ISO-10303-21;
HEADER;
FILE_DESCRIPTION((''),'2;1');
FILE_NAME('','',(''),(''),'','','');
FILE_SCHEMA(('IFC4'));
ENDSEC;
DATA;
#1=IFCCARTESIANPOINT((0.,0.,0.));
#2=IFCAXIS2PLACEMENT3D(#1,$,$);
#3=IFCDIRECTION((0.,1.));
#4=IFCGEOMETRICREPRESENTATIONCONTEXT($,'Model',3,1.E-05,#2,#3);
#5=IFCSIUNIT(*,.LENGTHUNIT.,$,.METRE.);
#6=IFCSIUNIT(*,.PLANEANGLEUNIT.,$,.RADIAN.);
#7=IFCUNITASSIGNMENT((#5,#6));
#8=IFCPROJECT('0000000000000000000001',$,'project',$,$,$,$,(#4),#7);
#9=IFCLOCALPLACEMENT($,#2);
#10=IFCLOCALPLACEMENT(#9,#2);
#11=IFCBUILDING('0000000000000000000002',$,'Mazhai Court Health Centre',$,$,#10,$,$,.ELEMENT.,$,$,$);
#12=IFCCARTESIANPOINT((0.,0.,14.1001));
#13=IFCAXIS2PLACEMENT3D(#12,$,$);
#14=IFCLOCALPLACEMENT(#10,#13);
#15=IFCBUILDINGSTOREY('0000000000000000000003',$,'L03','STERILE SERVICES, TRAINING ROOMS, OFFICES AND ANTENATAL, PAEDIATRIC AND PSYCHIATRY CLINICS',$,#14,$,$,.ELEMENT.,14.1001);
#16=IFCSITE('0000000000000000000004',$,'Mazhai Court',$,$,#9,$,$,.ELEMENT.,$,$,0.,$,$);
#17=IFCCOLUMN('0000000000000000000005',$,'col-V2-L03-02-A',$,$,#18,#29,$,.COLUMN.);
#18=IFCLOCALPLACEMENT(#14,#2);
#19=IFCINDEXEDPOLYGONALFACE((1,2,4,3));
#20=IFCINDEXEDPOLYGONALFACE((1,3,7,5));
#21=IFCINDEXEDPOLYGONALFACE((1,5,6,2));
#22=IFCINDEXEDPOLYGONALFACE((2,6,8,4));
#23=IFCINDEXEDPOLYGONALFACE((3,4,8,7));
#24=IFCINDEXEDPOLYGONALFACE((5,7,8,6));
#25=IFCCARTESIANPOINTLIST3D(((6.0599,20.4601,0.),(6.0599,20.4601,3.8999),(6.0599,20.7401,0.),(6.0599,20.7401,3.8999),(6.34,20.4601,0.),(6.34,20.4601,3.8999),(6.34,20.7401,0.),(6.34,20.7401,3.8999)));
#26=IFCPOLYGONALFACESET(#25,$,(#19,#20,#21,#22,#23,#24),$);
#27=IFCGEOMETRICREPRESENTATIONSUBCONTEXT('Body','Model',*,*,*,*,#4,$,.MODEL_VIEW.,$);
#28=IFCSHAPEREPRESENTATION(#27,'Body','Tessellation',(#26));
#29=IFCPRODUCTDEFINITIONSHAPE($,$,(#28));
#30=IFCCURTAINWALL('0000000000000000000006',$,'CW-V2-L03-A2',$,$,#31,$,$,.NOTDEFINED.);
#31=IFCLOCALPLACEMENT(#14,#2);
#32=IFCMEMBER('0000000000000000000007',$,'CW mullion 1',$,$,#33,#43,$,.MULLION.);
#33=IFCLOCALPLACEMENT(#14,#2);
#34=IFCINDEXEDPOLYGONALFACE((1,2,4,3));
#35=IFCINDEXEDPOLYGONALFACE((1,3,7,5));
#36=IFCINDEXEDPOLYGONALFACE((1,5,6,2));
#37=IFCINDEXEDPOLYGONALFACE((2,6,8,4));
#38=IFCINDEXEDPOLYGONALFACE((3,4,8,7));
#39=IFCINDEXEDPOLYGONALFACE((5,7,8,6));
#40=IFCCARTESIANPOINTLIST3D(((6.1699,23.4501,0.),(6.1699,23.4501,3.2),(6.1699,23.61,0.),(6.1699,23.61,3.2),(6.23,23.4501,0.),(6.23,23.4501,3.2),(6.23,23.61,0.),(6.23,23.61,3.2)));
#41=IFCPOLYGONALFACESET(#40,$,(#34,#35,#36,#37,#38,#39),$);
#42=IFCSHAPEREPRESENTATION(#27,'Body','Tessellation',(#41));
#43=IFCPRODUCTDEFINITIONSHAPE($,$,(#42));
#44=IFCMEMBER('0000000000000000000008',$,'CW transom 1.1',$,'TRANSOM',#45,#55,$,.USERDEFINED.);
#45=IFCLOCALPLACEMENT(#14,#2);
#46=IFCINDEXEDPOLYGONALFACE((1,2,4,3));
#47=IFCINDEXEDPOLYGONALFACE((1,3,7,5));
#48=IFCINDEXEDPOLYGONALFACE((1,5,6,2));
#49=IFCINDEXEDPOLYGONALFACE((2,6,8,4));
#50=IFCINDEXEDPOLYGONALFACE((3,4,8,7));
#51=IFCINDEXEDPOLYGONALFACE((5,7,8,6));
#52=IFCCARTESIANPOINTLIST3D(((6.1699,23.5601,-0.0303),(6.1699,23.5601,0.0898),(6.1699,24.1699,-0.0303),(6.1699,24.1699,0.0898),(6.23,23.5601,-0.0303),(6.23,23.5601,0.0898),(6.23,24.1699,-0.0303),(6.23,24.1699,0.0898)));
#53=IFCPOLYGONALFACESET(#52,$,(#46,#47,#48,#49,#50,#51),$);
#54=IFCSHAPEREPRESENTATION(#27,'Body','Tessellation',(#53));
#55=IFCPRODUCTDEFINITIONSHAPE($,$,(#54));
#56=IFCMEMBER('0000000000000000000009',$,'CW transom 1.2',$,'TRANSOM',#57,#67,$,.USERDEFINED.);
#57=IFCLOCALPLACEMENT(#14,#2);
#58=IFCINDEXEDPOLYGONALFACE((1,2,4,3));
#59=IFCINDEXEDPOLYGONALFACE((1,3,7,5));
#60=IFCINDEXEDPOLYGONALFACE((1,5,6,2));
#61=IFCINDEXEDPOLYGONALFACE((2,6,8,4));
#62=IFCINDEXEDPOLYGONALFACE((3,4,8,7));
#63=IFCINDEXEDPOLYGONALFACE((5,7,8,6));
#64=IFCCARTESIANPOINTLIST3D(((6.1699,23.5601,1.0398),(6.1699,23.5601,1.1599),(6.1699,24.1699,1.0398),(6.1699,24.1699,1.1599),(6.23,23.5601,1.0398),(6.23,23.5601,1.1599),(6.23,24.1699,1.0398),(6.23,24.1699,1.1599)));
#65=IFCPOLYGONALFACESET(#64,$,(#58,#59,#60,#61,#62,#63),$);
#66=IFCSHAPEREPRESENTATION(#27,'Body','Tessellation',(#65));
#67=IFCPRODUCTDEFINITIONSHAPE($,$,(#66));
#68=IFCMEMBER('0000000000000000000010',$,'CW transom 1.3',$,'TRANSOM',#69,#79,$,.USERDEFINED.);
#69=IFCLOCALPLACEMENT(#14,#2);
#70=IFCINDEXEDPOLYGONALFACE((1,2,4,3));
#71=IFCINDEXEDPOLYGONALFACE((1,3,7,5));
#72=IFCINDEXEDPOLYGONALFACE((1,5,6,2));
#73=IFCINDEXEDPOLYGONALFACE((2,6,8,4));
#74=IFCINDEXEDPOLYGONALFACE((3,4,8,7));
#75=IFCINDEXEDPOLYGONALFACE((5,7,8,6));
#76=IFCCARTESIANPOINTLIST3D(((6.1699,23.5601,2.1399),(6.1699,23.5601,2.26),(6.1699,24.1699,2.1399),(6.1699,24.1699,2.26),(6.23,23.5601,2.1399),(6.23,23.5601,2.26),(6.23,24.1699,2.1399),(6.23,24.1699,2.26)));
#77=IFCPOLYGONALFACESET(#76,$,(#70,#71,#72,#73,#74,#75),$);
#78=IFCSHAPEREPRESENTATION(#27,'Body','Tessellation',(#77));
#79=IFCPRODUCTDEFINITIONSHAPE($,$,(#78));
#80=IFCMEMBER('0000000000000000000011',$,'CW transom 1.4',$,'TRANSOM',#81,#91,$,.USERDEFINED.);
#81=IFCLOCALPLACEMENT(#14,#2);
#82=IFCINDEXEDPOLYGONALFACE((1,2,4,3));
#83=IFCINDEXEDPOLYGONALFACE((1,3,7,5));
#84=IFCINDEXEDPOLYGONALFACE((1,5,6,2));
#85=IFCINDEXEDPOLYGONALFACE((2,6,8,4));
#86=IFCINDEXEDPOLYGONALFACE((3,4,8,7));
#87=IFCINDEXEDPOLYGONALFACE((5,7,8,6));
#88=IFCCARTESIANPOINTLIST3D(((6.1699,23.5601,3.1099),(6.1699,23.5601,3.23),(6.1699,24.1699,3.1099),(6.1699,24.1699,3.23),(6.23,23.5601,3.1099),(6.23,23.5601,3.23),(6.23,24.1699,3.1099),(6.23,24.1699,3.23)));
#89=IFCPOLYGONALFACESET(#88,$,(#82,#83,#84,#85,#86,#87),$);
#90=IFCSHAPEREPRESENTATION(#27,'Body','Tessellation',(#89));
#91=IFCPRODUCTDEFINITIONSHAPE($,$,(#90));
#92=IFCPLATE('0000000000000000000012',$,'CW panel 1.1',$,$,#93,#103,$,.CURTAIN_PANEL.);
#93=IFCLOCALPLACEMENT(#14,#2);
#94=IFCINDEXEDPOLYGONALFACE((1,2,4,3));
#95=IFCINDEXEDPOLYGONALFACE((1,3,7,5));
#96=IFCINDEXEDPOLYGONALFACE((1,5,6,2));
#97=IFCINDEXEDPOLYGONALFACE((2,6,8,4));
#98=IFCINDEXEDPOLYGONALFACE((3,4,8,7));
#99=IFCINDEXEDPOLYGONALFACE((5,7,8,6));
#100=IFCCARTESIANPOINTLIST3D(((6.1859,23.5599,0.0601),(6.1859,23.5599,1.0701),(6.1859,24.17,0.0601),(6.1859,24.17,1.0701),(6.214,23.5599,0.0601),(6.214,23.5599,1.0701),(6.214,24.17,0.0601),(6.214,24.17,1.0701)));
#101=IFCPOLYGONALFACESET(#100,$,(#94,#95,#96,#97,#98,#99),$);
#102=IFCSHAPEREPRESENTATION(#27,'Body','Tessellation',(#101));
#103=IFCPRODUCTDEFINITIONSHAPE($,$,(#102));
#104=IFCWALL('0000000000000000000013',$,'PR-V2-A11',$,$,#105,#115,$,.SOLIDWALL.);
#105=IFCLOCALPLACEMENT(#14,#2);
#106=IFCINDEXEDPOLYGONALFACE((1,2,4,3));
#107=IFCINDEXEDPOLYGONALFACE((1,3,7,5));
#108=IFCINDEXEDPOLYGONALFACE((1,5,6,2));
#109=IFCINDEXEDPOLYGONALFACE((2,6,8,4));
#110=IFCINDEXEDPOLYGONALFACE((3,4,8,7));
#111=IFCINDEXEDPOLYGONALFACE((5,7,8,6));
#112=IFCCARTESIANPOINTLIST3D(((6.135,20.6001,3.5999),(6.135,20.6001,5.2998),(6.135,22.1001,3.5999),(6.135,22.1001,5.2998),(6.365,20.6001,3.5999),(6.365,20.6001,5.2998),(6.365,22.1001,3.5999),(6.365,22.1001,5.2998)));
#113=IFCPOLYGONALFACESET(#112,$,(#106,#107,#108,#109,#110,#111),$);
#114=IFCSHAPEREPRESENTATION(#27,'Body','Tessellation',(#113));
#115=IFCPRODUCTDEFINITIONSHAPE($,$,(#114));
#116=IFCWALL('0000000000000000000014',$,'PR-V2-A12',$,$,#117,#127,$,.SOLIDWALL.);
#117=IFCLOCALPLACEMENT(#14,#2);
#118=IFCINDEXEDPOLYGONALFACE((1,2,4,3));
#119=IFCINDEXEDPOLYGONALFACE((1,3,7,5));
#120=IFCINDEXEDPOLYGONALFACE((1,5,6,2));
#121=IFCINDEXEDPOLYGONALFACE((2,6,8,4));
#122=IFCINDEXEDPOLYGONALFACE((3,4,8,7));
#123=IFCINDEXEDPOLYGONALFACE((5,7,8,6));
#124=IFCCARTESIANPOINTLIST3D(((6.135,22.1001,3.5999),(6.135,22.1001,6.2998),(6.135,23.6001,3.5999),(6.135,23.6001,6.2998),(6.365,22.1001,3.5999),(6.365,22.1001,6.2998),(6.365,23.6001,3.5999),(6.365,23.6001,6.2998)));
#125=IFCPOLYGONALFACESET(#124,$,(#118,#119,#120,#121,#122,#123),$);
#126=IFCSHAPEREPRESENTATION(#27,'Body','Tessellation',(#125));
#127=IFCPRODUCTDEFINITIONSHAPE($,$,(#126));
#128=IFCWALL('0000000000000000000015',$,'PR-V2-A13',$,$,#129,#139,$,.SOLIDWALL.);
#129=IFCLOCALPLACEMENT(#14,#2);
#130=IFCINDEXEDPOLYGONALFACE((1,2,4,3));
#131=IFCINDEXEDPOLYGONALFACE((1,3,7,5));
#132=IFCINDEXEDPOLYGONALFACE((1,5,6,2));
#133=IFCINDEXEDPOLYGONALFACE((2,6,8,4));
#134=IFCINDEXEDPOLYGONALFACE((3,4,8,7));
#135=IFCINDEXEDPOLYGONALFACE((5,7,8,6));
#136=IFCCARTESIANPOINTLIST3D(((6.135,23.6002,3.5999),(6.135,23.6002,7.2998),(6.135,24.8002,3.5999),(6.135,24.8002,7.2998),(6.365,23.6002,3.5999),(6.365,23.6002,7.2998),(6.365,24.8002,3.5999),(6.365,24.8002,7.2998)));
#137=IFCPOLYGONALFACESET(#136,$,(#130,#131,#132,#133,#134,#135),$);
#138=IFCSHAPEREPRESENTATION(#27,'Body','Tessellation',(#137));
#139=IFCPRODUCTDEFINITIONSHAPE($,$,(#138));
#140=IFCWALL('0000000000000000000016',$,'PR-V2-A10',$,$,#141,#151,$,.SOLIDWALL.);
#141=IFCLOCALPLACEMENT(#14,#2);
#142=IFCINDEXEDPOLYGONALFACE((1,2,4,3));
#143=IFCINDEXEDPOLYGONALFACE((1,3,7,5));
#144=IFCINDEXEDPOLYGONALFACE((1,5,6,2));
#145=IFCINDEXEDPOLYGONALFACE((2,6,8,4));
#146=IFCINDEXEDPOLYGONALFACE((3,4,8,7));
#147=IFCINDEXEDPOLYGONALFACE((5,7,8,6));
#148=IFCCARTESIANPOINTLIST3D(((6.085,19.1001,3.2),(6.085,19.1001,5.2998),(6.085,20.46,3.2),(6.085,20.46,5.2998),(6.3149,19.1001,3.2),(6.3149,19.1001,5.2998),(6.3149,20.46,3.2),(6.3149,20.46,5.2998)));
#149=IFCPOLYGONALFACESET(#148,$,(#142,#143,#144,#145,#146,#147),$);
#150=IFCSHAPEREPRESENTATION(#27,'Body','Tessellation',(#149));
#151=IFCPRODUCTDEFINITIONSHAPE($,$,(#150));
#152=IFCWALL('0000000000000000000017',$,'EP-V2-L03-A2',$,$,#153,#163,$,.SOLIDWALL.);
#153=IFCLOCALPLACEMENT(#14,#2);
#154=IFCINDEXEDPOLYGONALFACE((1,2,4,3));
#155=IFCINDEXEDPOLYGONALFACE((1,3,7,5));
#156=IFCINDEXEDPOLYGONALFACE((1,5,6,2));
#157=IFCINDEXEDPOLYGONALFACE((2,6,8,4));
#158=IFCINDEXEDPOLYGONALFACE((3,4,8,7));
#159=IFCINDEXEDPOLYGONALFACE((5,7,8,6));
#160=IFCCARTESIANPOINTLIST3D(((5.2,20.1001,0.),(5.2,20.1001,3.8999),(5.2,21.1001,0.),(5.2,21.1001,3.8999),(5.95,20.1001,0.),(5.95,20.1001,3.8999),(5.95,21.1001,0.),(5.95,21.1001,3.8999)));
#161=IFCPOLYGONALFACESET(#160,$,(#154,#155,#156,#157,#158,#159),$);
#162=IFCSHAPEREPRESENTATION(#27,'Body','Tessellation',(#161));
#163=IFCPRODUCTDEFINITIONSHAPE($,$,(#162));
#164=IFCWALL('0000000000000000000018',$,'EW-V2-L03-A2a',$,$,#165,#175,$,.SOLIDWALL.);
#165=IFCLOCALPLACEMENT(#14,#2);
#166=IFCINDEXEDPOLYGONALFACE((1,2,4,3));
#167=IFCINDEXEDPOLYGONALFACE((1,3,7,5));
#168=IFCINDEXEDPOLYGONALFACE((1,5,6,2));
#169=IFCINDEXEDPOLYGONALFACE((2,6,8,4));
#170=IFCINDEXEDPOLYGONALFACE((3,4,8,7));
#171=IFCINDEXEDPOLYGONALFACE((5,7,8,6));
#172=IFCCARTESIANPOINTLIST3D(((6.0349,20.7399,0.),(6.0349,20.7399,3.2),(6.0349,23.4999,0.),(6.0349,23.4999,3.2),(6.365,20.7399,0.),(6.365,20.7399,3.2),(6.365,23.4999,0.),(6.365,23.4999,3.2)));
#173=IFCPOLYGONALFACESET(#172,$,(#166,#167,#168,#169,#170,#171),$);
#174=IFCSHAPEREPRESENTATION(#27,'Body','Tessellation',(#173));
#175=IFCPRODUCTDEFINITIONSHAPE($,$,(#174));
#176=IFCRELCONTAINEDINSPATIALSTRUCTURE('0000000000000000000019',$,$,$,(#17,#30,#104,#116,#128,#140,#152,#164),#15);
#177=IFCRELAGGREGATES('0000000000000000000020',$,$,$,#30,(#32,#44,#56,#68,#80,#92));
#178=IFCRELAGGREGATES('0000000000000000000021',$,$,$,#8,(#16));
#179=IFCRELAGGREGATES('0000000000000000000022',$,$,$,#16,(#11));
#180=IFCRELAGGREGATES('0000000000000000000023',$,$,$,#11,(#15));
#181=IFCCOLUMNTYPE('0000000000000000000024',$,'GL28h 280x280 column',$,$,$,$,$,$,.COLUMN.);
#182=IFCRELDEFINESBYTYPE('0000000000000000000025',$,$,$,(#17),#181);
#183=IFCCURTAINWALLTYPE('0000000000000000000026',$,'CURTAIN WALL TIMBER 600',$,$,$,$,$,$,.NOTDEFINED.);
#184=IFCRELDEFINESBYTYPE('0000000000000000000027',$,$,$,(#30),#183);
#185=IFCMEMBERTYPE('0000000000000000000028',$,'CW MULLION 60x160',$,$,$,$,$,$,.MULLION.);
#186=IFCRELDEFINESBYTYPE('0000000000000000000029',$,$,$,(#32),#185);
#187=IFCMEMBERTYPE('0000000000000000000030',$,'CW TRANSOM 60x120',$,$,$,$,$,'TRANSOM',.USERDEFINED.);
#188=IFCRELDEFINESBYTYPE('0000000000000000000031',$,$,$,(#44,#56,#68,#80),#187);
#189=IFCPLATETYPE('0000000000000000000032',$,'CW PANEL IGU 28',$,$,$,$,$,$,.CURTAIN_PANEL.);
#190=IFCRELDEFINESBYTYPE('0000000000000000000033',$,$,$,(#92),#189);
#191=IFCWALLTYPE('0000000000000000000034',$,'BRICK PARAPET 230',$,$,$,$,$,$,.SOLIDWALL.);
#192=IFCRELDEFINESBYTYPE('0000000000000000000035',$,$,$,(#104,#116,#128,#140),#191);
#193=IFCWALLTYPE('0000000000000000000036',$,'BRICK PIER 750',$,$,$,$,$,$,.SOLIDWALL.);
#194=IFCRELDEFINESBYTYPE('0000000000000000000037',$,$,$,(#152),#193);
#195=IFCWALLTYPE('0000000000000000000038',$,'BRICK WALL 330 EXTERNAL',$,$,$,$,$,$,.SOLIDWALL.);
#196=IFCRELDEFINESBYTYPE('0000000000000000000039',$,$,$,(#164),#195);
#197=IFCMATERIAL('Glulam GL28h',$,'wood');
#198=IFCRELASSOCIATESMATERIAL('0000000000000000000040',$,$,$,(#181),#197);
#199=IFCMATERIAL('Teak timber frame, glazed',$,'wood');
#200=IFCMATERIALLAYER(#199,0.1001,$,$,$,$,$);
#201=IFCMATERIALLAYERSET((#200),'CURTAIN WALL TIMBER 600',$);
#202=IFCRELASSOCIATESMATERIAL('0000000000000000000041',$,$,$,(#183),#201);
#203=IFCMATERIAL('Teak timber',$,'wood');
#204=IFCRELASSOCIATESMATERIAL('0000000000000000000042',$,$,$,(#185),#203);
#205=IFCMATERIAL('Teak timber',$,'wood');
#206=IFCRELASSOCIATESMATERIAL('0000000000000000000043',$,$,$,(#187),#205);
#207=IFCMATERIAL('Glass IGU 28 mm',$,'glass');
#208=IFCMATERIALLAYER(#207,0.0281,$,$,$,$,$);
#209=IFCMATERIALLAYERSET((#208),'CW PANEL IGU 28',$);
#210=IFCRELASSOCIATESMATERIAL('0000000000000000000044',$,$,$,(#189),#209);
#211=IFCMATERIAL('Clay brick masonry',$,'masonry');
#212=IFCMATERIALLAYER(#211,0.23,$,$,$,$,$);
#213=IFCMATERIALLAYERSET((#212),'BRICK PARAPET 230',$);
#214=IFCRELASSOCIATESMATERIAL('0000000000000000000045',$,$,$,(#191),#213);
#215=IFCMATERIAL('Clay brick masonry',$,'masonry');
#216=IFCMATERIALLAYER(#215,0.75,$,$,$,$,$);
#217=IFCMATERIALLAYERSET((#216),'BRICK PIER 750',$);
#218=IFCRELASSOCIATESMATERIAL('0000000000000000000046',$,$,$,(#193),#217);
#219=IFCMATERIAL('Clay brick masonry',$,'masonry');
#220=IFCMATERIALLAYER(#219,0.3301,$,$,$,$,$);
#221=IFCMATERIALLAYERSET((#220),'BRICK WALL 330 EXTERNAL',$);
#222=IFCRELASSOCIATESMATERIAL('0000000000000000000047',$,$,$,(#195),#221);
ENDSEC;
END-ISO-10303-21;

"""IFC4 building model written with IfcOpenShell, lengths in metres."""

from ifc_helpers import new_model, si_unit, direction, frame, frame_2d, origin, origin_2d, place, context, subcontext, project, spatial, rectangle, extrude, material, layer, layer_set, material_profile, profile_set, type_object, element, aggregate, save


model = new_model("IFC4")

# Units and contexts
model_context = context("Model", 3, precision=1e-05, world=origin(), true_north=direction((0.0, 1.0)))
body_context = subcontext(model_context, "Body", "Model", "MODEL_VIEW")
ifc_project = project(units=[si_unit("LENGTHUNIT", "METRE"), si_unit("PLANEANGLEUNIT", "RADIAN")], contexts=[model_context])

# Site, building, storey
site_placement = place(None, origin())
site = spatial("IfcSite", under=ifc_project, at=site_placement, Name="Mazhai Court", CompositionType="ELEMENT", RefElevation=0.0)
building_placement = place(site_placement, origin())
building = spatial("IfcBuilding", under=site, at=building_placement, Name="Mazhai Court Health Centre", CompositionType="ELEMENT")
storey_placement = place(building_placement, frame((0.0, 0.0, 14.1001)))
storey = spatial("IfcBuildingStorey", under=building, at=storey_placement, Name="L03", Description="STERILE SERVICES, TRAINING ROOMS, OFFICES AND ANTENATAL, PAEDIATRIC AND PSYCHIATRY CLINICS", CompositionType="ELEMENT", Elevation=14.1001)

# Column
ifc_material_1 = material(Name="Glulam GL28h", Category="wood")
ifc_material_profile_1 = material_profile(ifc_material_1, rectangle(XDim=0.28, YDim=0.28, at=origin_2d()), Name="GL28h 280x280")
ifc_profile_set_1 = profile_set([ifc_material_profile_1], Name="Glulam GL28h")
column_type = type_object("IfcColumnType", Name="GL28h 280x280 column", PredefinedType="COLUMN", material=ifc_profile_set_1)
column_placement = place(storey_placement, frame((6.2, 20.6001, 0.0), z_axis=(0.0, 0.0, 1.0), x_axis=(1.0, 0.0, 0.0)))
element("IfcColumn", 1, at=column_placement, inside=storey, type_object=column_type, Name="col-V2-L03-02-A", PredefinedType="COLUMN", context=body_context, shape_type="SweptSolid", body=[
    extrude(rectangle(XDim=0.28, YDim=0.28, at=origin_2d()), origin(), (0.0, 0.0, 1.0), 3.8999),
])

# Curtain wall, members, plate
ifc_material_2 = material(Name="Teak timber frame, glazed", Category="wood")
ifc_layer_1 = layer(ifc_material_2, 0.1001)
ifc_layer_set_1 = layer_set([ifc_layer_1], Name="CURTAIN WALL TIMBER 600")
curtain_wall_type = type_object("IfcCurtainWallType", Name="CURTAIN WALL TIMBER 600", PredefinedType="NOTDEFINED", material=ifc_layer_set_1)
curtain_wall_placement = place(storey_placement, origin())
curtain_wall = element("IfcCurtainWall", 2, at=curtain_wall_placement, inside=storey, type_object=curtain_wall_type, Name="CW-V2-L03-A2", PredefinedType="NOTDEFINED")
ifc_material_3 = material(Name="Teak timber", Category="wood")
ifc_material_profile_2 = material_profile(ifc_material_3, rectangle(XDim=0.0601, YDim=0.1599, at=origin_2d()), Name="CW MULLION 60x160")
ifc_profile_set_2 = profile_set([ifc_material_profile_2], Name="Teak timber")
member_type_1 = type_object("IfcMemberType", Name="CW MULLION 60x160", PredefinedType="MULLION", material=ifc_profile_set_2)
member_1_placement = place(storey_placement, frame((6.2, 23.53, 0.0), z_axis=(0.0, 0.0, 1.0), x_axis=(-1.0, 0.0, 0.0)))
member_1 = element("IfcMember", 3, at=member_1_placement, type_object=member_type_1, Name="CW mullion 1", PredefinedType="MULLION", context=body_context, shape_type="SweptSolid", body=[
    extrude(rectangle(XDim=0.0601, YDim=0.1599, at=origin_2d()), origin(), (0.0, 0.0, 1.0), 3.2),
])
ifc_material_4 = material(Name="Teak timber", Category="wood")
ifc_material_profile_3 = material_profile(ifc_material_4, rectangle(XDim=0.0601, YDim=0.1201, at=origin_2d()), Name="CW TRANSOM 60x120")
ifc_profile_set_3 = profile_set([ifc_material_profile_3], Name="Teak timber")
member_type_2 = type_object("IfcMemberType", Name="CW TRANSOM 60x120", ElementType="TRANSOM", PredefinedType="USERDEFINED", material=ifc_profile_set_3)
member_2_placement = place(storey_placement, frame((6.2, 23.5601, 0.0298), z_axis=(0.0, 1.0, 0.0), x_axis=(-1.0, 0.0, 0.0)))
member_2 = element("IfcMember", 4, at=member_2_placement, type_object=member_type_2, Name="CW transom 1.1", ObjectType="TRANSOM", PredefinedType="USERDEFINED", context=body_context, shape_type="SweptSolid", body=[
    extrude(rectangle(XDim=0.0601, YDim=0.1201, at=origin_2d()), origin(), (0.0, 0.0, 1.0), 0.6099),
])
member_3_placement = place(storey_placement, frame((6.2, 23.5601, 1.0999), z_axis=(0.0, 1.0, 0.0), x_axis=(-1.0, 0.0, 0.0)))
member_3 = element("IfcMember", 5, at=member_3_placement, type_object=member_type_2, Name="CW transom 1.2", ObjectType="TRANSOM", PredefinedType="USERDEFINED", context=body_context, shape_type="SweptSolid", body=[
    extrude(rectangle(XDim=0.0601, YDim=0.1201, at=origin_2d()), origin(), (0.0, 0.0, 1.0), 0.6099),
])
member_4_placement = place(storey_placement, frame((6.2, 23.5601, 2.2), z_axis=(0.0, 1.0, 0.0), x_axis=(-1.0, 0.0, 0.0)))
member_4 = element("IfcMember", 6, at=member_4_placement, type_object=member_type_2, Name="CW transom 1.3", ObjectType="TRANSOM", PredefinedType="USERDEFINED", context=body_context, shape_type="SweptSolid", body=[
    extrude(rectangle(XDim=0.0601, YDim=0.1201, at=origin_2d()), origin(), (0.0, 0.0, 1.0), 0.6099),
])
member_5_placement = place(storey_placement, frame((6.2, 23.5601, 3.1699), z_axis=(0.0, 1.0, 0.0), x_axis=(-1.0, 0.0, 0.0)))
member_5 = element("IfcMember", 7, at=member_5_placement, type_object=member_type_2, Name="CW transom 1.4", ObjectType="TRANSOM", PredefinedType="USERDEFINED", context=body_context, shape_type="SweptSolid", body=[
    extrude(rectangle(XDim=0.0601, YDim=0.1201, at=origin_2d()), origin(), (0.0, 0.0, 1.0), 0.6099),
])
ifc_material_5 = material(Name="Glass IGU 28 mm", Category="glass")
ifc_layer_2 = layer(ifc_material_5, 0.0281)
ifc_layer_set_2 = layer_set([ifc_layer_2], Name="CW PANEL IGU 28")
plate_type = type_object("IfcPlateType", Name="CW PANEL IGU 28", PredefinedType="CURTAIN_PANEL", material=ifc_layer_set_2)
plate_placement = place(storey_placement, frame((6.2, 23.865, 0.0601), z_axis=(0.0, 0.0, 1.0), x_axis=(0.0, 1.0, 0.0)))
plate = element("IfcPlate", 8, at=plate_placement, type_object=plate_type, Name="CW panel 1.1", PredefinedType="CURTAIN_PANEL", context=body_context, shape_type="SweptSolid", body=[
    extrude(rectangle(XDim=0.6101, YDim=0.0281, at=origin_2d()), origin(), (0.0, 0.0, 1.0), 1.01),
])
aggregate(curtain_wall, [member_1, member_2, member_3, member_4, member_5, plate])

# Walls
ifc_material_6 = material(Name="Clay brick masonry", Category="masonry")
ifc_layer_3 = layer(ifc_material_6, 0.23)
ifc_layer_set_3 = layer_set([ifc_layer_3], Name="BRICK PARAPET 230")
wall_type_1 = type_object("IfcWallType", Name="BRICK PARAPET 230", PredefinedType="SOLIDWALL", material=ifc_layer_set_3)
wall_1_placement = place(storey_placement, frame((6.25, 20.6001, 3.5999), z_axis=(0.0, 0.0, 1.0), x_axis=(0.0, 1.0, 0.0)))
element("IfcWall", 9, at=wall_1_placement, inside=storey, type_object=wall_type_1, Name="PR-V2-A11", PredefinedType="SOLIDWALL", context=body_context, shape_type="SweptSolid", body=[
    extrude(rectangle(XDim=1.5, YDim=0.23, at=frame_2d((0.75, 0.0))), origin(), (0.0, 0.0, 1.0), 1.7),
])
wall_2_placement = place(storey_placement, frame((6.25, 22.1001, 3.5999), z_axis=(0.0, 0.0, 1.0), x_axis=(0.0, 1.0, 0.0)))
element("IfcWall", 10, at=wall_2_placement, inside=storey, type_object=wall_type_1, Name="PR-V2-A12", PredefinedType="SOLIDWALL", context=body_context, shape_type="SweptSolid", body=[
    extrude(rectangle(XDim=1.5, YDim=0.23, at=frame_2d((0.75, 0.0))), origin(), (0.0, 0.0, 1.0), 2.7),
])
wall_3_placement = place(storey_placement, frame((6.25, 23.6001, 3.5999), z_axis=(0.0, 0.0, 1.0), x_axis=(0.0, 1.0, 0.0)))
element("IfcWall", 11, at=wall_3_placement, inside=storey, type_object=wall_type_1, Name="PR-V2-A13", PredefinedType="SOLIDWALL", context=body_context, shape_type="SweptSolid", body=[
    extrude(rectangle(XDim=1.2, YDim=0.23, at=frame_2d((0.6001, 0.0))), origin(), (0.0, 0.0, 1.0), 3.7),
])
wall_4_placement = place(storey_placement, frame((6.2, 19.1001, 3.2), z_axis=(0.0, 0.0, 1.0), x_axis=(0.0, 1.0, 0.0)))
element("IfcWall", 12, at=wall_4_placement, inside=storey, type_object=wall_type_1, Name="PR-V2-A10", PredefinedType="SOLIDWALL", context=body_context, shape_type="SweptSolid", body=[
    extrude(rectangle(XDim=1.3599, YDim=0.23, at=frame_2d((0.6799, 0.0))), origin(), (0.0, 0.0, 1.0), 2.0999),
])
ifc_material_7 = material(Name="Clay brick masonry", Category="masonry")
ifc_layer_4 = layer(ifc_material_7, 0.75)
ifc_layer_set_4 = layer_set([ifc_layer_4], Name="BRICK PIER 750")
wall_type_2 = type_object("IfcWallType", Name="BRICK PIER 750", PredefinedType="SOLIDWALL", material=ifc_layer_set_4)
wall_5_placement = place(storey_placement, frame((5.575, 20.1001, 0.0), z_axis=(0.0, 0.0, 1.0), x_axis=(0.0, 1.0, 0.0)))
element("IfcWall", 13, at=wall_5_placement, inside=storey, type_object=wall_type_2, Name="EP-V2-L03-A2", PredefinedType="SOLIDWALL", context=body_context, shape_type="SweptSolid", body=[
    extrude(rectangle(XDim=1.0, YDim=0.75, at=frame_2d((0.5, 0.0))), origin(), (0.0, 0.0, 1.0), 3.8999),
])
ifc_material_8 = material(Name="Clay brick masonry", Category="masonry")
ifc_layer_5 = layer(ifc_material_8, 0.3301)
ifc_layer_set_5 = layer_set([ifc_layer_5], Name="BRICK WALL 330 EXTERNAL")
wall_type_3 = type_object("IfcWallType", Name="BRICK WALL 330 EXTERNAL", PredefinedType="SOLIDWALL", material=ifc_layer_set_5)
wall_6_placement = place(storey_placement, frame((6.2, 20.74, 0.0), z_axis=(0.0, 0.0, 1.0), x_axis=(0.0, 1.0, 0.0)))
element("IfcWall", 14, at=wall_6_placement, inside=storey, type_object=wall_type_3, Name="EW-V2-L03-A2a", PredefinedType="SOLIDWALL", context=body_context, shape_type="SweptSolid", body=[
    extrude(rectangle(XDim=2.76, YDim=0.3301, at=frame_2d((1.3799, 0.0))), origin(), (0.0, 0.0, 1.0), 3.2),
])

save(model, "model.ifc")
